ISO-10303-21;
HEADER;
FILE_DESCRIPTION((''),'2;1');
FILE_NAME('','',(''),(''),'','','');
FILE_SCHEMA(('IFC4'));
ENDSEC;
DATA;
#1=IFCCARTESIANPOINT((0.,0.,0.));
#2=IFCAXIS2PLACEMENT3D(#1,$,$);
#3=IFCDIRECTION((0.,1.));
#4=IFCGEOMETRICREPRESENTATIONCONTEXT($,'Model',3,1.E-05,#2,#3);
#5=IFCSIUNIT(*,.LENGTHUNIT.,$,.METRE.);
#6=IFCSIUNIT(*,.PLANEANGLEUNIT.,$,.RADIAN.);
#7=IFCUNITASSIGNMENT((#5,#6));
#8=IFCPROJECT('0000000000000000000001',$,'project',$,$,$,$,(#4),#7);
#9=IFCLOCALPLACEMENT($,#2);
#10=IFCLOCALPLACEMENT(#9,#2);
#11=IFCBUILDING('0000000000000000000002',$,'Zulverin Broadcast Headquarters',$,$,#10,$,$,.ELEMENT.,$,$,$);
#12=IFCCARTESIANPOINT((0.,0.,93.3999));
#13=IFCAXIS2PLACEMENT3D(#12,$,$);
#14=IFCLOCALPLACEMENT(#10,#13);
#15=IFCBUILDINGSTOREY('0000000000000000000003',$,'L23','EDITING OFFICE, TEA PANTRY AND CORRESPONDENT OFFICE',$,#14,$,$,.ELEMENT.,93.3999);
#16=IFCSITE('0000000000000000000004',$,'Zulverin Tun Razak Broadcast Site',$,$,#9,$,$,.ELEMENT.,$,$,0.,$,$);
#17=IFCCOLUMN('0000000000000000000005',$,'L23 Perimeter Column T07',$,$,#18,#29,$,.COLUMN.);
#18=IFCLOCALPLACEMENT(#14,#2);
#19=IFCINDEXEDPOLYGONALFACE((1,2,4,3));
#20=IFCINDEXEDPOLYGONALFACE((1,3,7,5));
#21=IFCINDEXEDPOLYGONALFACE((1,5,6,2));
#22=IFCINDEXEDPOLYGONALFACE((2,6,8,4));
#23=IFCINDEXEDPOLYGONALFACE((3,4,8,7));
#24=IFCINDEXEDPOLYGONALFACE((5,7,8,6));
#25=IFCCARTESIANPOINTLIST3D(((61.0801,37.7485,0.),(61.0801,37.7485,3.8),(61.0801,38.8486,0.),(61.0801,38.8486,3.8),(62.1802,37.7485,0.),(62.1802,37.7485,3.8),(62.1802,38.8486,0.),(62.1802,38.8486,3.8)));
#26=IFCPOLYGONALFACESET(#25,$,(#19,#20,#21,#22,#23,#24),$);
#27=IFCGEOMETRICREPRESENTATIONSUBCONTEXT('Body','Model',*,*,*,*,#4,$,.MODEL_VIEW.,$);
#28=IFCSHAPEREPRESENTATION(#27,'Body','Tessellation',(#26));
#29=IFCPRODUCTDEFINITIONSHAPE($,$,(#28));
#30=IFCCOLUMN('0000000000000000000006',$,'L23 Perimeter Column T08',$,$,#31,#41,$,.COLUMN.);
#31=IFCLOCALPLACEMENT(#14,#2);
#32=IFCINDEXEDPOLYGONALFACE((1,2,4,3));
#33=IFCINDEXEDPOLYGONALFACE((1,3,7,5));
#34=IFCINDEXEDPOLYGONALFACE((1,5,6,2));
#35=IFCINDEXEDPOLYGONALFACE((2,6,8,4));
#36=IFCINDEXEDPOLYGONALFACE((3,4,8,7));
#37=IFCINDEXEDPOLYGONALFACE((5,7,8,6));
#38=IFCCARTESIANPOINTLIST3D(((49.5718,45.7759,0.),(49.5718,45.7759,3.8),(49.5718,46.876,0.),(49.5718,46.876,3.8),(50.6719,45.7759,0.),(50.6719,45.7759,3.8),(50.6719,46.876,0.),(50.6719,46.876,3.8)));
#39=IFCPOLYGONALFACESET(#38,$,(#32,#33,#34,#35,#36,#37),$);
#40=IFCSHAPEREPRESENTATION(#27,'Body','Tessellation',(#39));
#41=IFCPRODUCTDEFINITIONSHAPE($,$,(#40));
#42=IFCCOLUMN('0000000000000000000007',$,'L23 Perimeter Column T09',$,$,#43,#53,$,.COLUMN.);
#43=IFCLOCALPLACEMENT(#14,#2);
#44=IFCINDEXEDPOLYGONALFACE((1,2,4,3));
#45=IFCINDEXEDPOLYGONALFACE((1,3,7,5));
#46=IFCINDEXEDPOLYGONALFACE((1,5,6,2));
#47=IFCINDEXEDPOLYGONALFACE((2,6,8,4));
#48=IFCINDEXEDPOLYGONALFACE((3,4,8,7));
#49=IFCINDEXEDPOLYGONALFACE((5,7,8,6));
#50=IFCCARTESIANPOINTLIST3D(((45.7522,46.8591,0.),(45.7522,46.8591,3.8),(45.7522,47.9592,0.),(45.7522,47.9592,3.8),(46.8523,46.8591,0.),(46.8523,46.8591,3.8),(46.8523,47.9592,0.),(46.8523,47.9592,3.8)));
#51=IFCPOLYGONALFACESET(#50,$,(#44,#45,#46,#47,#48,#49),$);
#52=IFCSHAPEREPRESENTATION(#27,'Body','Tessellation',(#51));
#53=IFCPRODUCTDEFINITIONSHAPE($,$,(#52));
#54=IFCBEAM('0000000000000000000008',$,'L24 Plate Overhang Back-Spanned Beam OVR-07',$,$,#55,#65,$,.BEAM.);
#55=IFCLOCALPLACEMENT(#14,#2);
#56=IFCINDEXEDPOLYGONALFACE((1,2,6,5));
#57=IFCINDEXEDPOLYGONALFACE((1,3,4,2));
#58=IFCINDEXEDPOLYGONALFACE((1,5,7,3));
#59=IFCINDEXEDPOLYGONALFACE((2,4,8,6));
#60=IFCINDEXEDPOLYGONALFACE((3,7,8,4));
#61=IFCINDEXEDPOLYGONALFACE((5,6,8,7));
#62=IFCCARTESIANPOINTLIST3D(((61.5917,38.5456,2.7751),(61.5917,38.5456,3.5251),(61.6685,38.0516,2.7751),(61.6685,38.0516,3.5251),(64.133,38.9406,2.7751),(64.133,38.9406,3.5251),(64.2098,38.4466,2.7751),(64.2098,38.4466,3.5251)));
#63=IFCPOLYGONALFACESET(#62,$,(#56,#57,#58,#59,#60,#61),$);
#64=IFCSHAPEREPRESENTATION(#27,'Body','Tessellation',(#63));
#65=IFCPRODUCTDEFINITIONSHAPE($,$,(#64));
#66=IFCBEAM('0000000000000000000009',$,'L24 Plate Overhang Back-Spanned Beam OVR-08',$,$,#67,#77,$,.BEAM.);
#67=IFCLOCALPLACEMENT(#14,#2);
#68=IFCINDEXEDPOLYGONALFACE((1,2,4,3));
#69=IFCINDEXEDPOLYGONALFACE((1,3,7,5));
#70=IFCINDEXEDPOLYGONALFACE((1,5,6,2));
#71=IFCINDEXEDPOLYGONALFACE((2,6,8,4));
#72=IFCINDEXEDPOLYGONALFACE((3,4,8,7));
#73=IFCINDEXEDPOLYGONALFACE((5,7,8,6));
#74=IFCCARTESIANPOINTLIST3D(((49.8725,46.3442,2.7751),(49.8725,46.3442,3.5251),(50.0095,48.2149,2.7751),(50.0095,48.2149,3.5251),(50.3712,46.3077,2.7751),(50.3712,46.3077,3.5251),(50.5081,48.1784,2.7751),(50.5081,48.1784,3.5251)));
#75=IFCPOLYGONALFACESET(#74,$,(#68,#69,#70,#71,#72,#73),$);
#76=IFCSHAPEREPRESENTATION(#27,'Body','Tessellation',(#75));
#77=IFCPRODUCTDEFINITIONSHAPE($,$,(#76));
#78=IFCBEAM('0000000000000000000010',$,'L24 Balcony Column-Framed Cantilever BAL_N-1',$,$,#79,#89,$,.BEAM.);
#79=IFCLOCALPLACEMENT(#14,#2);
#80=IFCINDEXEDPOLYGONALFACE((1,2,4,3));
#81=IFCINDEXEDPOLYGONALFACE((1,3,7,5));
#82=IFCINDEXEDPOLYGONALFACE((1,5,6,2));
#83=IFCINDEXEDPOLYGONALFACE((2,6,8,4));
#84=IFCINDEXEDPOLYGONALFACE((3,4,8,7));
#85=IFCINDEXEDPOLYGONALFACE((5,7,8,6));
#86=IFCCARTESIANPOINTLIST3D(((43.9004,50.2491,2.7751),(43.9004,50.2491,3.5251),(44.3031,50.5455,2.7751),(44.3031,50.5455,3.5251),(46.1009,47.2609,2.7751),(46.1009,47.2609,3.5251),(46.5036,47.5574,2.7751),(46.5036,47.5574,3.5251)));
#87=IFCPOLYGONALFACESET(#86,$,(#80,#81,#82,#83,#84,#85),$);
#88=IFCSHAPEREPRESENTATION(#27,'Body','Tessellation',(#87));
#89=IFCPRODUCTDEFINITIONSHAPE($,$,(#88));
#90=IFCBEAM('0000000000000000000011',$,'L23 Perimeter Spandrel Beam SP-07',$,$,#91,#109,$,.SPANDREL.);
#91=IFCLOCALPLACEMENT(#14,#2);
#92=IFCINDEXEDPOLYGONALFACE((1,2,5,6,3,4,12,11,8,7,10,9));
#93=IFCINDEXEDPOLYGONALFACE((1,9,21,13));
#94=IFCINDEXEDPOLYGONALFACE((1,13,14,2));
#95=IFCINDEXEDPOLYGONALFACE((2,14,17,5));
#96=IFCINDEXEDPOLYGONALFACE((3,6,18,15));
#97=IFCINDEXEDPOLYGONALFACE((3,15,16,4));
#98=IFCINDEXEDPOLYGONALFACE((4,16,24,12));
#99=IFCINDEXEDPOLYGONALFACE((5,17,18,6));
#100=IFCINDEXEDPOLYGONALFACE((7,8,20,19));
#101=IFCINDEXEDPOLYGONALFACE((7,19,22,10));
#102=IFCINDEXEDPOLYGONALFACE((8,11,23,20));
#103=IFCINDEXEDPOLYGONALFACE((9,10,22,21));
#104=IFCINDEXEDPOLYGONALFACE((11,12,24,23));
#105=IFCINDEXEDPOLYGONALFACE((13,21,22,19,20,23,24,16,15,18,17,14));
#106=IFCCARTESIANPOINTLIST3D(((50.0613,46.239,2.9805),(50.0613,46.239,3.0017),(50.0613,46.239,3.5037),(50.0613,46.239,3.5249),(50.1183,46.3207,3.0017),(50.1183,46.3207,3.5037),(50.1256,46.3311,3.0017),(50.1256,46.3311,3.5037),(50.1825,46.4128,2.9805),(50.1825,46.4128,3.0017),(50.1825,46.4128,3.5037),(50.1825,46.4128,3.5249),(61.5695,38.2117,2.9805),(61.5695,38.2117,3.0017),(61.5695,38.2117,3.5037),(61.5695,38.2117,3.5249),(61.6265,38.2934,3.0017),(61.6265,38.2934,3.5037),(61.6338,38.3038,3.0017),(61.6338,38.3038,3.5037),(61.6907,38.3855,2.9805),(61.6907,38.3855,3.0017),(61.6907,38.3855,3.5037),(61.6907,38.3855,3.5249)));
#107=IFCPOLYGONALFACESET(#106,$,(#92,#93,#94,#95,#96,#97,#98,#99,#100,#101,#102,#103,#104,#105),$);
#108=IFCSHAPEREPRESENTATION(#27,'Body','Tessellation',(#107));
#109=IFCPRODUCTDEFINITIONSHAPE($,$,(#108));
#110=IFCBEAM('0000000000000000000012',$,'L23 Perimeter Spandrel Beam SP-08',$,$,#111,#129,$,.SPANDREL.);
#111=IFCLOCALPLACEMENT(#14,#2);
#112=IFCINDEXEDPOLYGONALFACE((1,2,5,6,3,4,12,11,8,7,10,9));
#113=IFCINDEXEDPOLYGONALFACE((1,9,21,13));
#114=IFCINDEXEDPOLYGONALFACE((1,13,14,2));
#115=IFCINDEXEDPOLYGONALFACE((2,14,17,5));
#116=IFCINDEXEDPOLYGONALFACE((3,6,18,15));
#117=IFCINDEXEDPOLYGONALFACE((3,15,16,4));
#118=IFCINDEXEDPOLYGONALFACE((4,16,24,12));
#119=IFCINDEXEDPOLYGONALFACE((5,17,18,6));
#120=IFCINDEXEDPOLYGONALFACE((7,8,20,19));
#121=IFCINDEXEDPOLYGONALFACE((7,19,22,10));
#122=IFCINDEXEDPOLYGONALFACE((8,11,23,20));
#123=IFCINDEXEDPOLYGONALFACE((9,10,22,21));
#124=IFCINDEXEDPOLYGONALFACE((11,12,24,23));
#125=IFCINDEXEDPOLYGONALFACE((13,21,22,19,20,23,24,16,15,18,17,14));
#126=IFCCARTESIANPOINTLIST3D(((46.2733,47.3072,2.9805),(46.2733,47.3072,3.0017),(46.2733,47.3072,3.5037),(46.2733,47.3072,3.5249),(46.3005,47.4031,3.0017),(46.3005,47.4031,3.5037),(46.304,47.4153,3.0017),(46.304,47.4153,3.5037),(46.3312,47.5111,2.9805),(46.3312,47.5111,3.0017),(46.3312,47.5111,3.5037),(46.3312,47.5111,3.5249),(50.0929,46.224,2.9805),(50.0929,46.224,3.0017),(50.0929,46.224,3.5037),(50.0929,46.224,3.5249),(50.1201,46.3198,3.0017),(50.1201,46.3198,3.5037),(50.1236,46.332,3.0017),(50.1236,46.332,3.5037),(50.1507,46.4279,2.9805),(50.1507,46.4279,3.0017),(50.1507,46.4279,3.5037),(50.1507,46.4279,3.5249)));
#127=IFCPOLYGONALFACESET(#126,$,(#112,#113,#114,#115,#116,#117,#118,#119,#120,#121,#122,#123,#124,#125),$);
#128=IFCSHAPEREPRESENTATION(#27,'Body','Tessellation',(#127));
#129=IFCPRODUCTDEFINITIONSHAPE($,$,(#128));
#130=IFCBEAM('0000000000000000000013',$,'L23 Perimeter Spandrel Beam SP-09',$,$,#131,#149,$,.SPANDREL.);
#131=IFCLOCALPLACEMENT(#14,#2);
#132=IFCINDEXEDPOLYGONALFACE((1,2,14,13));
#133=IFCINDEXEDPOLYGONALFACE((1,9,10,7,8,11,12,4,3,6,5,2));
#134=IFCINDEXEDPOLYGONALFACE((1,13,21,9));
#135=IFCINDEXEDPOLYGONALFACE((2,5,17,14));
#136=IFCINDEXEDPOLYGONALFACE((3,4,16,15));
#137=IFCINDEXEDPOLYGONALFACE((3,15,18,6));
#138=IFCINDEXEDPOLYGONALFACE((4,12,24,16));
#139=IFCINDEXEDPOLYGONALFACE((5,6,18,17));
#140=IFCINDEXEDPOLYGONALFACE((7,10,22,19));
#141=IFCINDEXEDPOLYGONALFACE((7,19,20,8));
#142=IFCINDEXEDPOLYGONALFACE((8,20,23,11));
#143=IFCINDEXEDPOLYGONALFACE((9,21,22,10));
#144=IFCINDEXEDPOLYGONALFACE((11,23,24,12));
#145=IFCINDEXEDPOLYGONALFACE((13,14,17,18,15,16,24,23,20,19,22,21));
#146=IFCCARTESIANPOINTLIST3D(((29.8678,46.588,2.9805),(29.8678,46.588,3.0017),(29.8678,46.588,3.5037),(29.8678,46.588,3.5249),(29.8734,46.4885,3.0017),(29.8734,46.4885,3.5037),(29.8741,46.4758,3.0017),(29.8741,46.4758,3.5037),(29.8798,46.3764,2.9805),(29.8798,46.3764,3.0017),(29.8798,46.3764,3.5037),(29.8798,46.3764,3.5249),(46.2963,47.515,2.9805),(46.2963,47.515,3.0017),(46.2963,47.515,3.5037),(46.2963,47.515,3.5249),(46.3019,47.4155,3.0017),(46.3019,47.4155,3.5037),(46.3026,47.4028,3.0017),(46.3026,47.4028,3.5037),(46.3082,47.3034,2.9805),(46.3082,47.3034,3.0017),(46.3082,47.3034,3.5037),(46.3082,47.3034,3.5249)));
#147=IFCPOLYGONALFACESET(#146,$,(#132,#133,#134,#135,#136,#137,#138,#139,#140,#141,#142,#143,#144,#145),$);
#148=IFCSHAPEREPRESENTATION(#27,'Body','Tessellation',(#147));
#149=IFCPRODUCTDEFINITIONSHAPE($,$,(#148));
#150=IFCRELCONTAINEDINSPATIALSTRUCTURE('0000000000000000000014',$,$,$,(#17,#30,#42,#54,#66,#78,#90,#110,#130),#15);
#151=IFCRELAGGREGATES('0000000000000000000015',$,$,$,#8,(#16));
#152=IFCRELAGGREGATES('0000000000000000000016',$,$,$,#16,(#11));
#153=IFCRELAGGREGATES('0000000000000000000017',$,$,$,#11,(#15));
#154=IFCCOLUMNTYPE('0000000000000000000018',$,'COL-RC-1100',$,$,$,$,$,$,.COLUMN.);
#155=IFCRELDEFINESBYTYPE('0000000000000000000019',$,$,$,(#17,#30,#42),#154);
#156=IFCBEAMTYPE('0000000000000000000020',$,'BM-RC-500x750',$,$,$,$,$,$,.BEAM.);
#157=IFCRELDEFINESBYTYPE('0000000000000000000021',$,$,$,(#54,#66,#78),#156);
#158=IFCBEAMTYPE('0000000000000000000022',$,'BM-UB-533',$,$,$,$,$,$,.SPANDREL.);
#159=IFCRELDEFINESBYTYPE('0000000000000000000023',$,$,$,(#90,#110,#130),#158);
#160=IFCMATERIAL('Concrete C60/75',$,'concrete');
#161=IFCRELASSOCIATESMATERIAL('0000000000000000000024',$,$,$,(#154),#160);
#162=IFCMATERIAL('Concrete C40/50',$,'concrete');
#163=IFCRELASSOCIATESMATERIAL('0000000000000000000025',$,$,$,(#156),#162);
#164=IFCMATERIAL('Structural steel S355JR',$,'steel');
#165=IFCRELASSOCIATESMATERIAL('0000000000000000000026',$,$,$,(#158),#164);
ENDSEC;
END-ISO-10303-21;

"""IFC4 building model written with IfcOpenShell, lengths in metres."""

from ifc_helpers import new_model, si_unit, direction, frame, origin, origin_2d, place, context, subcontext, project, spatial, rectangle, i_section, extrude, material, material_profile, profile_set, type_object, element, save


model = new_model("IFC4")

# Units and contexts
model_context = context("Model", 3, precision=1e-05, world=origin(), true_north=direction((0.0, 1.0)))
body_context = subcontext(model_context, "Body", "Model", "MODEL_VIEW")
ifc_project = project(units=[si_unit("LENGTHUNIT", "METRE"), si_unit("PLANEANGLEUNIT", "RADIAN")], contexts=[model_context])

# Site, building, storey
site_placement = place(None, origin())
site = spatial("IfcSite", under=ifc_project, at=site_placement, Name="Zulverin Tun Razak Broadcast Site", CompositionType="ELEMENT", RefElevation=0.0)
building_placement = place(site_placement, origin())
building = spatial("IfcBuilding", under=site, at=building_placement, Name="Zulverin Broadcast Headquarters", CompositionType="ELEMENT")
storey_placement = place(building_placement, frame((0.0, 0.0, 93.3999)))
storey = spatial("IfcBuildingStorey", under=building, at=storey_placement, Name="L23", Description="EDITING OFFICE, TEA PANTRY AND CORRESPONDENT OFFICE", CompositionType="ELEMENT", Elevation=93.3999)

# Columns
ifc_material_1 = material(Name="Concrete C60/75", Category="concrete")
ifc_material_profile_1 = material_profile(ifc_material_1, rectangle(XDim=1.1001, YDim=1.1001, at=origin_2d()), Name="Concrete C60/75", Category="concrete")
ifc_profile_set_1 = profile_set([ifc_material_profile_1], Name="Concrete C60/75")
column_type = type_object("IfcColumnType", Name="COL-RC-1100", PredefinedType="COLUMN", material=ifc_profile_set_1)
for number, where, z_axis, x_axis, name in (
    (1, (61.6301, 38.2986, 0.0), (0.0, 0.0, 1.0), (1.0, 0.0, 0.0), "L23 Perimeter Column T07"),
    (2, (50.1218, 46.3259, 0.0), (0.0, 0.0, 1.0), (1.0, 0.0, 0.0), "L23 Perimeter Column T08"),
    (3, (46.3022, 47.4092, 0.0), (0.0, 0.0, 1.0), (1.0, 0.0, 0.0), "L23 Perimeter Column T09"),
):
    element("IfcColumn", number, at=place(storey_placement, frame(where, z_axis=z_axis, x_axis=x_axis)), inside=storey, type_object=column_type, Name=name, PredefinedType="COLUMN", context=body_context, shape_type="SweptSolid", body=[
        extrude(rectangle(XDim=1.1001, YDim=1.1001, at=origin_2d()), origin(), (0.0, 0.0, 1.0), 3.8),
    ])

# Beams
ifc_material_2 = material(Name="Concrete C40/50", Category="concrete")
ifc_material_profile_2 = material_profile(ifc_material_2, rectangle(XDim=0.5, YDim=0.75, at=origin_2d()), Name="Concrete C40/50", Category="concrete")
ifc_profile_set_2 = profile_set([ifc_material_profile_2], Name="Concrete C40/50")
beam_type_1 = type_object("IfcBeamType", Name="BM-RC-500x750", PredefinedType="BEAM", material=ifc_profile_set_2)
beam_1_placement = place(storey_placement, frame((61.6301, 38.2986, 3.1501), z_axis=(0.988133, 0.153598, 0.0), x_axis=(-0.153598, 0.988133, 0.0)))
element("IfcBeam", 4, at=beam_1_placement, inside=storey, type_object=beam_type_1, Name="L24 Plate Overhang Back-Spanned Beam OVR-07", PredefinedType="BEAM", context=body_context, shape_type="SweptSolid", body=[
    extrude(rectangle(XDim=0.5, YDim=0.75, at=origin_2d()), origin(), (0.0, 0.0, 1.0), 2.5718),
])
beam_2_placement = place(storey_placement, frame((50.1218, 46.3259, 3.1501), z_axis=(0.073023, 0.99733, 0.0), x_axis=(-0.99733, 0.073023, 0.0)))
element("IfcBeam", 5, at=beam_2_placement, inside=storey, type_object=beam_type_1, Name="L24 Plate Overhang Back-Spanned Beam OVR-08", PredefinedType="BEAM", context=body_context, shape_type="SweptSolid", body=[
    extrude(rectangle(XDim=0.5, YDim=0.75, at=origin_2d()), origin(), (0.0, 0.0, 1.0), 1.8757),
])
beam_3_placement = place(storey_placement, frame((46.3022, 47.4092, 3.1501), z_axis=(-0.592977, 0.80522, 0.0), x_axis=(-0.80522, -0.592977, 0.0)))
element("IfcBeam", 6, at=beam_3_placement, inside=storey, type_object=beam_type_1, Name="L24 Balcony Column-Framed Cantilever BAL_N-1", PredefinedType="BEAM", context=body_context, shape_type="SweptSolid", body=[
    extrude(rectangle(XDim=0.5, YDim=0.75, at=origin_2d()), origin(), (0.0, 0.0, 1.0), 3.7109),
])
ifc_material_3 = material(Name="Structural steel S355JR", Category="steel")
ifc_material_profile_3 = material_profile(ifc_material_3, i_section(OverallWidth=0.2119, OverallDepth=0.5444, WebThickness=0.0127, FlangeThickness=0.0212, at=origin_2d()), Name="Structural steel S355JR", Category="steel")
ifc_profile_set_3 = profile_set([ifc_material_profile_3], Name="Structural steel S355JR")
beam_type_2 = type_object("IfcBeamType", Name="BM-UB-533", PredefinedType="SPANDREL", material=ifc_profile_set_3)
beam_4_placement = place(storey_placement, frame((61.6301, 38.2986, 3.2527), z_axis=(-0.820184, 0.5721, 0.0), x_axis=(-0.5721, -0.820184, 0.0)))
element("IfcBeam", 7, at=beam_4_placement, inside=storey, type_object=beam_type_2, Name="L23 Perimeter Spandrel Beam SP-07", PredefinedType="SPANDREL", context=body_context, shape_type="SweptSolid", body=[
    extrude(i_section(OverallWidth=0.2119, OverallDepth=0.5444, WebThickness=0.0127, FlangeThickness=0.0212, at=origin_2d()), origin(), (0.0, 0.0, 1.0), 14.0312),
])
beam_5_placement = place(storey_placement, frame((50.1218, 46.3259, 3.2527), z_axis=(-0.962058, 0.272844, 0.0), x_axis=(-0.272844, -0.962058, 0.0)))
element("IfcBeam", 8, at=beam_5_placement, inside=storey, type_object=beam_type_2, Name="L23 Perimeter Spandrel Beam SP-08", PredefinedType="SPANDREL", context=body_context, shape_type="SweptSolid", body=[
    extrude(i_section(OverallWidth=0.2119, OverallDepth=0.5444, WebThickness=0.0127, FlangeThickness=0.0212, at=origin_2d()), origin(), (0.0, 0.0, 1.0), 3.9702),
])
beam_6_placement = place(storey_placement, frame((46.3022, 47.4092, 3.2527), z_axis=(-0.998412, -0.056337, 0.0), x_axis=(0.056337, -0.998412, 0.0)))
element("IfcBeam", 9, at=beam_6_placement, inside=storey, type_object=beam_type_2, Name="L23 Perimeter Spandrel Beam SP-09", PredefinedType="SPANDREL", context=body_context, shape_type="SweptSolid", body=[
    extrude(i_section(OverallWidth=0.2119, OverallDepth=0.5444, WebThickness=0.0127, FlangeThickness=0.0212, at=origin_2d()), origin(), (0.0, 0.0, 1.0), 16.4546),
])

save(model, "model.ifc")
